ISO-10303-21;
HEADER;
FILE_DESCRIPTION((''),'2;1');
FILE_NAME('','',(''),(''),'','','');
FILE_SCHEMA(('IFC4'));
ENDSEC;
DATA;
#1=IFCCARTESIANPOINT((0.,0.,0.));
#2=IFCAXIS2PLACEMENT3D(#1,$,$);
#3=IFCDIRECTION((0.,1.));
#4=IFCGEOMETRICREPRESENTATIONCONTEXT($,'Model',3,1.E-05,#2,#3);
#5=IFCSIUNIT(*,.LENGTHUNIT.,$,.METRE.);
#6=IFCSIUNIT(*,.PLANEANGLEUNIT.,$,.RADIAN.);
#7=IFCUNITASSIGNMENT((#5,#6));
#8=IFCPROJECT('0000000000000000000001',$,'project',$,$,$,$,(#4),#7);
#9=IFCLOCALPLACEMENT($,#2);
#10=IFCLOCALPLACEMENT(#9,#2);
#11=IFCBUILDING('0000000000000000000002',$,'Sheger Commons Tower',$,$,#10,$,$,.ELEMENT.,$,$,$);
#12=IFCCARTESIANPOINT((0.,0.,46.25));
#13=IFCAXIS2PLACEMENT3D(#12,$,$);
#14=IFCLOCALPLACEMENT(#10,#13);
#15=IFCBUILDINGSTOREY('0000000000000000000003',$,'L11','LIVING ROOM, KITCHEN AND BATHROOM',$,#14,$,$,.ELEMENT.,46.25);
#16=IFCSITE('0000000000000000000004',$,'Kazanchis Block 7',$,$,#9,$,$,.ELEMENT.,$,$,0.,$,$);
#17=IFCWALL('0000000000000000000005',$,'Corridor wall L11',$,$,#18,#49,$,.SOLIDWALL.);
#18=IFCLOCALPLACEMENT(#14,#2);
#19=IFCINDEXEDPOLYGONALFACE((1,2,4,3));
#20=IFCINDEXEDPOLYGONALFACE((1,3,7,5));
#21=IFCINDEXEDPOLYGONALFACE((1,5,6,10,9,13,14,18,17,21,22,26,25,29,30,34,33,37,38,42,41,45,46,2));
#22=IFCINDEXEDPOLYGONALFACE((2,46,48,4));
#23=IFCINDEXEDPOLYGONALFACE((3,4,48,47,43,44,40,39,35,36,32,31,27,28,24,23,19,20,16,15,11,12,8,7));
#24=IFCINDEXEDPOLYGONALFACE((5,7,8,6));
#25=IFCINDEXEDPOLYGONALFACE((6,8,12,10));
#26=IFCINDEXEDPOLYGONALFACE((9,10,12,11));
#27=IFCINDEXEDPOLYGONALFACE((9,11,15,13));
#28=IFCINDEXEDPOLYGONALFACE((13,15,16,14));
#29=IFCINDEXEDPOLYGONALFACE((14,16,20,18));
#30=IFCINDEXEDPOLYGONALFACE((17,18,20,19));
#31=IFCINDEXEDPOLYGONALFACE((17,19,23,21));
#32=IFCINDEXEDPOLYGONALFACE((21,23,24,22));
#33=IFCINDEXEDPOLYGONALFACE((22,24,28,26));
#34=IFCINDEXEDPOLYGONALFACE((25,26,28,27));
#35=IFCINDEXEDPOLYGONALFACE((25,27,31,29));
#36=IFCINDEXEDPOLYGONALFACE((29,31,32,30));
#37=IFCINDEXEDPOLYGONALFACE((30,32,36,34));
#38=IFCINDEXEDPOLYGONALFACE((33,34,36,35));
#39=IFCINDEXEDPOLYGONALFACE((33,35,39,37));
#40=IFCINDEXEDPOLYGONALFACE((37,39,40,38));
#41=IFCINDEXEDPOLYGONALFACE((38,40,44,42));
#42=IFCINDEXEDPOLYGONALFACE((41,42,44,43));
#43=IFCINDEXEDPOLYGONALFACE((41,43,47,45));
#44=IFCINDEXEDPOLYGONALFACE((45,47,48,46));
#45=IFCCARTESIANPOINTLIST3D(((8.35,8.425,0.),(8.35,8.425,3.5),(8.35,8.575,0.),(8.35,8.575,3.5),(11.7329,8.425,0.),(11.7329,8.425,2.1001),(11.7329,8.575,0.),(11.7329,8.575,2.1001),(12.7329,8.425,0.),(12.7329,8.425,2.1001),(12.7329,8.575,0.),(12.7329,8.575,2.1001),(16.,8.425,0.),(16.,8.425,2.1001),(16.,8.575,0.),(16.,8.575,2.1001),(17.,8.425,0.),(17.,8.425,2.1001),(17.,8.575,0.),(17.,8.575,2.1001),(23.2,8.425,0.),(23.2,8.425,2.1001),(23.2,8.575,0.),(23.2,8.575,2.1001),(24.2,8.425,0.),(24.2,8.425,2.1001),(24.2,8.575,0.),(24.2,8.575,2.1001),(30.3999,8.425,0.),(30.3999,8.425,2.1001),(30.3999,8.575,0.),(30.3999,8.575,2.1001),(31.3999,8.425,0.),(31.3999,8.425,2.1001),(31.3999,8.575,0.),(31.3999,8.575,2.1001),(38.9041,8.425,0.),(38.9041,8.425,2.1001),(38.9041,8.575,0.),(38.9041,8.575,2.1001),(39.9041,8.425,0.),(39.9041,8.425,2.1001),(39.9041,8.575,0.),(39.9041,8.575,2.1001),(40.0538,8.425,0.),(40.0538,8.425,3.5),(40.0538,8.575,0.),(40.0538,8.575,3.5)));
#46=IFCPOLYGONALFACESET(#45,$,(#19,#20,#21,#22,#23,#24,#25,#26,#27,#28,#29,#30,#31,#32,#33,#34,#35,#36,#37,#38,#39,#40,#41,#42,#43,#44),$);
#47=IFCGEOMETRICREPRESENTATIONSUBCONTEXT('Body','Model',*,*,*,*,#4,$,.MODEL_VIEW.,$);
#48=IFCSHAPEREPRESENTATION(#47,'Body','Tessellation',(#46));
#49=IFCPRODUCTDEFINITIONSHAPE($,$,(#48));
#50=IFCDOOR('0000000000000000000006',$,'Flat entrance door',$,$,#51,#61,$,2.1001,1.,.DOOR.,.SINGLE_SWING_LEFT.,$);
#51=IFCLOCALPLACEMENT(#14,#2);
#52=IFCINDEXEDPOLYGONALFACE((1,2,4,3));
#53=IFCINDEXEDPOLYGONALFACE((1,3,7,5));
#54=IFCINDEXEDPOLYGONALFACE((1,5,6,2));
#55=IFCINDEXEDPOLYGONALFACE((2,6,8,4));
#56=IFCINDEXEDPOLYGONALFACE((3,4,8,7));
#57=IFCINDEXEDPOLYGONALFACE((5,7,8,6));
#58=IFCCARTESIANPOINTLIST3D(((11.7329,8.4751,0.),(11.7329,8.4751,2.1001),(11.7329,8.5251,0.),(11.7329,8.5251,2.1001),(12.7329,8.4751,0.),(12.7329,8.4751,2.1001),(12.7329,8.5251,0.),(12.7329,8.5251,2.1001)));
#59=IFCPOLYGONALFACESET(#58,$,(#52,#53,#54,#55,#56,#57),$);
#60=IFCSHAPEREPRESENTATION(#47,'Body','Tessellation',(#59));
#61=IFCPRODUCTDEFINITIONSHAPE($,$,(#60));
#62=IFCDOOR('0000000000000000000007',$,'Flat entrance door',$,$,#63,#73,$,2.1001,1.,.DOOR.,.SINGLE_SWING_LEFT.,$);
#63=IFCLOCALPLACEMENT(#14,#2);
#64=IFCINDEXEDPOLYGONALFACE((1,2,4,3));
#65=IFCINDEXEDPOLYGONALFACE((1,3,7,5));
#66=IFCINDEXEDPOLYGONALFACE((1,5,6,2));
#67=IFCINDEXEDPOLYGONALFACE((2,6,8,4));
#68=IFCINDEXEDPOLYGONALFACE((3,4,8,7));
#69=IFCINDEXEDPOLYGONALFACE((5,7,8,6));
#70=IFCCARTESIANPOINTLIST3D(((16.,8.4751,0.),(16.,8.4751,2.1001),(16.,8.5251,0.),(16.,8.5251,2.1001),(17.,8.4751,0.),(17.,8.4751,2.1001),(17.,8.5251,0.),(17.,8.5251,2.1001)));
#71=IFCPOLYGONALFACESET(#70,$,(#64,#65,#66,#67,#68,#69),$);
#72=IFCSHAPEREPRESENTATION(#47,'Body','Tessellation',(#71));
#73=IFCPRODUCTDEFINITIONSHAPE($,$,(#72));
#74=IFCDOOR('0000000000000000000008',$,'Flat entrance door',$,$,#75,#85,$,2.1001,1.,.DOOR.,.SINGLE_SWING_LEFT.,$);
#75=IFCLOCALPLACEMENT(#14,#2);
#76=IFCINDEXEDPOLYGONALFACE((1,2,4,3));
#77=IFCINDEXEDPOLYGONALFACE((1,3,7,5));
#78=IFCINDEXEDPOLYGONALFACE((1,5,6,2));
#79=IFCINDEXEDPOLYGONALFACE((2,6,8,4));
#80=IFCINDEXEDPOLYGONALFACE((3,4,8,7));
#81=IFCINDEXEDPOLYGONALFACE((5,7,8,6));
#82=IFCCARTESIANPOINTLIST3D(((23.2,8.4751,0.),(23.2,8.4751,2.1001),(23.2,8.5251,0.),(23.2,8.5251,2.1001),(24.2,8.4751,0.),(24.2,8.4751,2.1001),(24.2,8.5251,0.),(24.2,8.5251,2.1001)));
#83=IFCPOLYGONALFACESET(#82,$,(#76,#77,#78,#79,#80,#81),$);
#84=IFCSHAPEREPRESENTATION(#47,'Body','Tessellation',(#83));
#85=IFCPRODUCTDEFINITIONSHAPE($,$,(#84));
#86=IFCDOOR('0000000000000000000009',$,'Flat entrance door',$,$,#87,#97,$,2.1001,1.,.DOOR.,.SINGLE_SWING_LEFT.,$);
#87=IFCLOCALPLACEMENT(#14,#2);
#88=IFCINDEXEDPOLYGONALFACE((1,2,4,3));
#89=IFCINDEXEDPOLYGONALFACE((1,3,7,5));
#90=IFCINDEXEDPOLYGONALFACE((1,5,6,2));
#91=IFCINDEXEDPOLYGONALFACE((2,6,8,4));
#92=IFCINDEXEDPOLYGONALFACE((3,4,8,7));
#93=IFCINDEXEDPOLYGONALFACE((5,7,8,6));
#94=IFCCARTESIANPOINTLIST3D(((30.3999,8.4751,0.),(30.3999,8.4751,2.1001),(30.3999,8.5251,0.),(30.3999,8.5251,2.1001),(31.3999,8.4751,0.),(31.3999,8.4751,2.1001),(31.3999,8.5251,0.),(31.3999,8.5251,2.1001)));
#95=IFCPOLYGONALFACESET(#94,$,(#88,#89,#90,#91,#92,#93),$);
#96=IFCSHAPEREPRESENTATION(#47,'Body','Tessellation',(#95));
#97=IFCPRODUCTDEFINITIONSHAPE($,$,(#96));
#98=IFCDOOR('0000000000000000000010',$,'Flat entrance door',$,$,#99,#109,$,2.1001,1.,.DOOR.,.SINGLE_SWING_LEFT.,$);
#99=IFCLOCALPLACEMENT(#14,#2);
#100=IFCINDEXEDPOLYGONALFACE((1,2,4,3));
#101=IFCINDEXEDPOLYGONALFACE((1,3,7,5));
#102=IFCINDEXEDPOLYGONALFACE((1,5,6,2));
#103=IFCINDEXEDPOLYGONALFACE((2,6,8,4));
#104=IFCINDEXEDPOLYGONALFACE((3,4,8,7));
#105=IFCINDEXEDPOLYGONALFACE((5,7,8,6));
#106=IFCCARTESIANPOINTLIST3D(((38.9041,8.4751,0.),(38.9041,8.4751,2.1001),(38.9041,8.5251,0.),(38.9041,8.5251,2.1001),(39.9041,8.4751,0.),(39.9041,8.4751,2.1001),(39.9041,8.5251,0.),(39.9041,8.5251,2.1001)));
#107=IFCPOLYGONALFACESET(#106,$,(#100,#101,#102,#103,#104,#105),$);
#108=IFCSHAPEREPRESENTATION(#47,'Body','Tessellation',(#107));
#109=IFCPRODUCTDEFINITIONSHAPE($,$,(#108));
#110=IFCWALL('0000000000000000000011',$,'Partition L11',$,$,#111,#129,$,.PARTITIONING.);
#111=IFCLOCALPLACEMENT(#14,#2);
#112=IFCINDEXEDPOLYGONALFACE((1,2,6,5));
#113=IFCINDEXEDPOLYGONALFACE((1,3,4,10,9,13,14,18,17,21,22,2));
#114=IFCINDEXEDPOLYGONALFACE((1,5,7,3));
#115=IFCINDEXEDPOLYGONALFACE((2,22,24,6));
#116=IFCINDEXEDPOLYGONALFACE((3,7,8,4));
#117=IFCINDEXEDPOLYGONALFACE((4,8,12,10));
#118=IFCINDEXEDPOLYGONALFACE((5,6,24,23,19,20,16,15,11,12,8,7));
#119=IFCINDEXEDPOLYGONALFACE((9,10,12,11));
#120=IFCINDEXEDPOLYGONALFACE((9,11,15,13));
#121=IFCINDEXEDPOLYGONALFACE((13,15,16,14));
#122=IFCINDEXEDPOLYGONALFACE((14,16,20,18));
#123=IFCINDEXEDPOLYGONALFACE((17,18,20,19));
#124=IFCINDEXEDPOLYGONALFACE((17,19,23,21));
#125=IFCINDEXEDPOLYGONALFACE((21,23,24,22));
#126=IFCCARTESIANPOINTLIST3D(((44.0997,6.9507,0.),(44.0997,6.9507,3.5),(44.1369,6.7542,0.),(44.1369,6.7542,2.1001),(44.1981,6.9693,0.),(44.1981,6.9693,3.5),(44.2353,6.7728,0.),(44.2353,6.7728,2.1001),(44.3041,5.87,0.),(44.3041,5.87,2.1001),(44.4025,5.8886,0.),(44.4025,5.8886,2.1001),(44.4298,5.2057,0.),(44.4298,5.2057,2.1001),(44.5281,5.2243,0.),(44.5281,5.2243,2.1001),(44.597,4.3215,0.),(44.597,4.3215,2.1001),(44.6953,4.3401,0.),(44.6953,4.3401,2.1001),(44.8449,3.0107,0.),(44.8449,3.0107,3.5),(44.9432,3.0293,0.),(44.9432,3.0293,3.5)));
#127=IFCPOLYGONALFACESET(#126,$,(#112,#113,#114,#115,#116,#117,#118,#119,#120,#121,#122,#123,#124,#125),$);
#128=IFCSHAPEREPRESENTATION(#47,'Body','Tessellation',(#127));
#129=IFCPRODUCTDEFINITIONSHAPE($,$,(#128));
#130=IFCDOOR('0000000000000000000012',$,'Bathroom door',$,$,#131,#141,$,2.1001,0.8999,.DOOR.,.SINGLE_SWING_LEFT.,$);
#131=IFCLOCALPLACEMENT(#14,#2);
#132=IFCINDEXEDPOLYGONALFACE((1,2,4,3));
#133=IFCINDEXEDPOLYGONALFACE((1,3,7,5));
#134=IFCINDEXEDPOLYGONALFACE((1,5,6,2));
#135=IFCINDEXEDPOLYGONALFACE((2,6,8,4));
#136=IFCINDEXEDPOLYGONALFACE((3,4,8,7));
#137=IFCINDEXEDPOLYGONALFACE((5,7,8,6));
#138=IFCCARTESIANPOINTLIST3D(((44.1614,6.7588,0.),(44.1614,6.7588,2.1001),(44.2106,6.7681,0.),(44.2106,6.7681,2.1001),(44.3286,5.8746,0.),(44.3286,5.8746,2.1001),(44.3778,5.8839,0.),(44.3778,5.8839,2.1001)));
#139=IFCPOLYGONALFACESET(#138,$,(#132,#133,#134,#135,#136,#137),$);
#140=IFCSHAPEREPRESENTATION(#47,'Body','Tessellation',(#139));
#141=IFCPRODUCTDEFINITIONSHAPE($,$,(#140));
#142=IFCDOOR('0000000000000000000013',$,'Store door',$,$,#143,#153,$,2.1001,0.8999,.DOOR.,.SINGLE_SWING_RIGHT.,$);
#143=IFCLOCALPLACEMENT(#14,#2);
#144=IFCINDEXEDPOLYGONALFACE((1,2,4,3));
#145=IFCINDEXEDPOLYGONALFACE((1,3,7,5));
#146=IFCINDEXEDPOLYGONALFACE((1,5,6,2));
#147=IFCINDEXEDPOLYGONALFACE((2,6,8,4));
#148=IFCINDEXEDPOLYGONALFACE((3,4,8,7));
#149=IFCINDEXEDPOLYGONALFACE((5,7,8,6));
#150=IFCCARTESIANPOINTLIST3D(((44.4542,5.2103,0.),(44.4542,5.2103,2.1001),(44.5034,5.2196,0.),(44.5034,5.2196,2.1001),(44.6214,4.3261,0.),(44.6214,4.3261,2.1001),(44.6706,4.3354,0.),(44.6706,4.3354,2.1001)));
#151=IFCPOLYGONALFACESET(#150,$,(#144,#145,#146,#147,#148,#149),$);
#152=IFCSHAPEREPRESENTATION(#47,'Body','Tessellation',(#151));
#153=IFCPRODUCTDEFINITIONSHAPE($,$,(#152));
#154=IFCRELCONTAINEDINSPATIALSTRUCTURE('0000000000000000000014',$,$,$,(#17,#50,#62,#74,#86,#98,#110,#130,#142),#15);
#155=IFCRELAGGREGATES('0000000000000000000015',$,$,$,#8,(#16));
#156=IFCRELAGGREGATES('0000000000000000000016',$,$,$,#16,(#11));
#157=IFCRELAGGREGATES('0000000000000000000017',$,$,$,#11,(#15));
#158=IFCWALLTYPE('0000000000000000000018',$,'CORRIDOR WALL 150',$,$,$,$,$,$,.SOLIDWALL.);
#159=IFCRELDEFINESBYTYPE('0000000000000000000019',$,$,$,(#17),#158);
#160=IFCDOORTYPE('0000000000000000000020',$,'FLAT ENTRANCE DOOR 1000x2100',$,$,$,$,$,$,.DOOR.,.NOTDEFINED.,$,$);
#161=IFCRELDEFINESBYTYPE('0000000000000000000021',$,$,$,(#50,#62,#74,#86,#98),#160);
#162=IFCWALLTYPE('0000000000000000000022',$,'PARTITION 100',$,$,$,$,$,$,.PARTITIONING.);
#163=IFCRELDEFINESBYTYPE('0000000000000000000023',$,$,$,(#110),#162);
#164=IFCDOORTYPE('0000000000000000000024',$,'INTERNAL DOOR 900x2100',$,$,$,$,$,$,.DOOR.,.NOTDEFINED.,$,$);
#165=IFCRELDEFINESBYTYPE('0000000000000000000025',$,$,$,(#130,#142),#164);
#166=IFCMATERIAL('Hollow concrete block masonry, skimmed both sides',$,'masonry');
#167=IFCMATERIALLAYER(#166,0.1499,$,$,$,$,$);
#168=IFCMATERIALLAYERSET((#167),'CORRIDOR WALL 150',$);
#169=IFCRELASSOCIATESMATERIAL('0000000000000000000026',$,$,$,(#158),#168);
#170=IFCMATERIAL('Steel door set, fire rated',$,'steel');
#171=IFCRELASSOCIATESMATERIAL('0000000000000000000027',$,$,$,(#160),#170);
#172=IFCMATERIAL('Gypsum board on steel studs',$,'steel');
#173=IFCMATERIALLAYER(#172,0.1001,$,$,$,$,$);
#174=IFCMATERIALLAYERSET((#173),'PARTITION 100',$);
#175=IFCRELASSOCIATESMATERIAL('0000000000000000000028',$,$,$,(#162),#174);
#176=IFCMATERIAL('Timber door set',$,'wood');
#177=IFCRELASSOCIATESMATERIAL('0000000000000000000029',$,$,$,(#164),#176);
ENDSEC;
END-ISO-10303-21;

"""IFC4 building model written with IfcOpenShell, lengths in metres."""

from ifc_helpers import new_model, si_unit, direction, frame, frame_2d, origin, place, context, subcontext, project, spatial, rectangle, extrude, material, layer, layer_set, type_object, element, fill, save


model = new_model("IFC4")

# Units and contexts
model_context = context("Model", 3, precision=1e-05, world=origin(), true_north=direction((0.0, 1.0)))
body_context = subcontext(model_context, "Body", "Model", "MODEL_VIEW")
ifc_project = project(units=[si_unit("LENGTHUNIT", "METRE"), si_unit("PLANEANGLEUNIT", "RADIAN")], contexts=[model_context])

# Site, building, storey
site_placement = place(None, origin())
site = spatial("IfcSite", under=ifc_project, at=site_placement, Name="Kazanchis Block 7", CompositionType="ELEMENT", RefElevation=0.0)
building_placement = place(site_placement, origin())
building = spatial("IfcBuilding", under=site, at=building_placement, Name="Sheger Commons Tower", CompositionType="ELEMENT")
storey_placement = place(building_placement, frame((0.0, 0.0, 46.25)))
storey = spatial("IfcBuildingStorey", under=building, at=storey_placement, Name="L11", Description="LIVING ROOM, KITCHEN AND BATHROOM", CompositionType="ELEMENT", Elevation=46.25)

# Walls, openings, doors
ifc_material_1 = material(Name="Hollow concrete block masonry, skimmed both sides", Category="masonry")
ifc_layer_1 = layer(ifc_material_1, 0.1499)
ifc_layer_set_1 = layer_set([ifc_layer_1], Name="CORRIDOR WALL 150")
wall_type_1 = type_object("IfcWallType", Name="CORRIDOR WALL 150", PredefinedType="SOLIDWALL", material=ifc_layer_set_1)
wall_1_placement = place(storey_placement, frame((40.054, 8.5, 0.0), z_axis=(0.0, 0.0, 1.0), x_axis=(-1.0, 0.0, 0.0)))
wall_1 = element("IfcWall", 1, at=wall_1_placement, inside=storey, type_object=wall_type_1, Name="Corridor wall L11", PredefinedType="SOLIDWALL", context=body_context, shape_type="SweptSolid", body=[
    extrude(rectangle(XDim=31.7039, YDim=0.1499, at=frame_2d((15.8521, 0.0))), origin(), (0.0, 0.0, 1.0), 3.5),
])
opening_1_placement = place(wall_1_placement, frame((27.321, 0.0, 0.0)))
opening_1 = element("IfcOpeningElement", 2, at=opening_1_placement, cuts=wall_1, PredefinedType="OPENING", context=body_context, shape_type="SweptSolid", body=[
    extrude(rectangle(XDim=1.0, YDim=2.1001, at=frame_2d((0.5, 1.05))), frame((0.0, 0.085, 0.0), z_axis=(0.0, -1.0, 0.0), x_axis=(1.0, 0.0, 0.0)), (0.0, 0.0, 1.0), 0.1699),
])
opening_2_placement = place(wall_1_placement, frame((23.054, 0.0, 0.0)))
opening_2 = element("IfcOpeningElement", 3, at=opening_2_placement, cuts=wall_1, PredefinedType="OPENING", context=body_context, shape_type="SweptSolid", body=[
    extrude(rectangle(XDim=1.0, YDim=2.1001, at=frame_2d((0.5, 1.05))), frame((0.0, 0.085, 0.0), z_axis=(0.0, -1.0, 0.0), x_axis=(1.0, 0.0, 0.0)), (0.0, 0.0, 1.0), 0.1699),
])
opening_3_placement = place(wall_1_placement, frame((15.854, 0.0, 0.0)))
opening_3 = element("IfcOpeningElement", 4, at=opening_3_placement, cuts=wall_1, PredefinedType="OPENING", context=body_context, shape_type="SweptSolid", body=[
    extrude(rectangle(XDim=1.0, YDim=2.1001, at=frame_2d((0.5, 1.05))), frame((0.0, 0.085, 0.0), z_axis=(0.0, -1.0, 0.0), x_axis=(1.0, 0.0, 0.0)), (0.0, 0.0, 1.0), 0.1699),
])
opening_4_placement = place(wall_1_placement, frame((8.6541, 0.0, 0.0)))
opening_4 = element("IfcOpeningElement", 5, at=opening_4_placement, cuts=wall_1, PredefinedType="OPENING", context=body_context, shape_type="SweptSolid", body=[
    extrude(rectangle(XDim=1.0, YDim=2.1001, at=frame_2d((0.5, 1.05))), frame((0.0, 0.085, 0.0), z_axis=(0.0, -1.0, 0.0), x_axis=(1.0, 0.0, 0.0)), (0.0, 0.0, 1.0), 0.1699),
])
opening_5_placement = place(wall_1_placement, frame((0.1499, 0.0, 0.0)))
opening_5 = element("IfcOpeningElement", 6, at=opening_5_placement, cuts=wall_1, PredefinedType="OPENING", context=body_context, shape_type="SweptSolid", body=[
    extrude(rectangle(XDim=1.0, YDim=2.1001, at=frame_2d((0.5, 1.05))), frame((0.0, 0.085, 0.0), z_axis=(0.0, -1.0, 0.0), x_axis=(1.0, 0.0, 0.0)), (0.0, 0.0, 1.0), 0.1699),
])
ifc_material_2 = material(Name="Steel door set, fire rated", Category="steel")
door_type_1 = type_object("IfcDoorType", Name="FLAT ENTRANCE DOOR 1000x2100", OperationType="NOTDEFINED", PredefinedType="DOOR", material=ifc_material_2)
door_1_placement = place(opening_1_placement, origin())
door_1 = element("IfcDoor", 7, at=door_1_placement, inside=storey, type_object=door_type_1, Name="Flat entrance door", OperationType="SINGLE_SWING_LEFT", OverallHeight=2.1001, OverallWidth=1.0, PredefinedType="DOOR", context=body_context, shape_type="SweptSolid", body=[
    extrude(rectangle(XDim=1.0, YDim=2.1001, at=frame_2d((0.5, 1.05))), frame((0.0, 0.0249, 0.0), z_axis=(0.0, -1.0, 0.0), x_axis=(1.0, 0.0, 0.0)), (0.0, 0.0, 1.0), 0.05),
])
fill(opening_1, door_1)
door_2_placement = place(opening_2_placement, origin())
door_2 = element("IfcDoor", 8, at=door_2_placement, inside=storey, type_object=door_type_1, Name="Flat entrance door", OperationType="SINGLE_SWING_LEFT", OverallHeight=2.1001, OverallWidth=1.0, PredefinedType="DOOR", context=body_context, shape_type="SweptSolid", body=[
    extrude(rectangle(XDim=1.0, YDim=2.1001, at=frame_2d((0.5, 1.05))), frame((0.0, 0.0249, 0.0), z_axis=(0.0, -1.0, 0.0), x_axis=(1.0, 0.0, 0.0)), (0.0, 0.0, 1.0), 0.05),
])
fill(opening_2, door_2)
door_3_placement = place(opening_3_placement, origin())
door_3 = element("IfcDoor", 9, at=door_3_placement, inside=storey, type_object=door_type_1, Name="Flat entrance door", OperationType="SINGLE_SWING_LEFT", OverallHeight=2.1001, OverallWidth=1.0, PredefinedType="DOOR", context=body_context, shape_type="SweptSolid", body=[
    extrude(rectangle(XDim=1.0, YDim=2.1001, at=frame_2d((0.5, 1.05))), frame((0.0, 0.0249, 0.0), z_axis=(0.0, -1.0, 0.0), x_axis=(1.0, 0.0, 0.0)), (0.0, 0.0, 1.0), 0.05),
])
fill(opening_3, door_3)
door_4_placement = place(opening_4_placement, origin())
door_4 = element("IfcDoor", 10, at=door_4_placement, inside=storey, type_object=door_type_1, Name="Flat entrance door", OperationType="SINGLE_SWING_LEFT", OverallHeight=2.1001, OverallWidth=1.0, PredefinedType="DOOR", context=body_context, shape_type="SweptSolid", body=[
    extrude(rectangle(XDim=1.0, YDim=2.1001, at=frame_2d((0.5, 1.05))), frame((0.0, 0.0249, 0.0), z_axis=(0.0, -1.0, 0.0), x_axis=(1.0, 0.0, 0.0)), (0.0, 0.0, 1.0), 0.05),
])
fill(opening_4, door_4)
door_5_placement = place(opening_5_placement, origin())
door_5 = element("IfcDoor", 11, at=door_5_placement, inside=storey, type_object=door_type_1, Name="Flat entrance door", OperationType="SINGLE_SWING_LEFT", OverallHeight=2.1001, OverallWidth=1.0, PredefinedType="DOOR", context=body_context, shape_type="SweptSolid", body=[
    extrude(rectangle(XDim=1.0, YDim=2.1001, at=frame_2d((0.5, 1.05))), frame((0.0, 0.0249, 0.0), z_axis=(0.0, -1.0, 0.0), x_axis=(1.0, 0.0, 0.0)), (0.0, 0.0, 1.0), 0.05),
])
fill(opening_5, door_5)
ifc_material_3 = material(Name="Gypsum board on steel studs", Category="steel")
ifc_layer_2 = layer(ifc_material_3, 0.1001)
ifc_layer_set_2 = layer_set([ifc_layer_2], Name="PARTITION 100")
wall_type_2 = type_object("IfcWallType", Name="PARTITION 100", PredefinedType="PARTITIONING", material=ifc_layer_set_2)
wall_2_placement = place(storey_placement, frame((44.1489, 6.96, 0.0), z_axis=(0.0, 0.0, 1.0), x_axis=(0.185825, -0.982583, 0.0)))
wall_2 = element("IfcWall", 12, at=wall_2_placement, inside=storey, type_object=wall_type_2, Name="Partition L11", PredefinedType="PARTITIONING", context=body_context, shape_type="SweptSolid", body=[
    extrude(rectangle(XDim=4.0098, YDim=0.1001, at=frame_2d((2.0049, 0.0))), origin(), (0.0, 0.0, 1.0), 3.5),
])
opening_6_placement = place(wall_2_placement, frame((0.2, 0.0, 0.0)))
opening_6 = element("IfcOpeningElement", 13, at=opening_6_placement, cuts=wall_2, PredefinedType="OPENING", context=body_context, shape_type="SweptSolid", body=[
    extrude(rectangle(XDim=0.8999, YDim=2.1001, at=frame_2d((0.45, 1.05))), frame((0.0, 0.0601, 0.0), z_axis=(0.0, -1.0, 0.0), x_axis=(1.0, 0.0, 0.0)), (0.0, 0.0, 1.0), 0.1201),
])
opening_7_placement = place(wall_2_placement, frame((1.7759, 0.0, 0.0)))
opening_7 = element("IfcOpeningElement", 14, at=opening_7_placement, cuts=wall_2, PredefinedType="OPENING", context=body_context, shape_type="SweptSolid", body=[
    extrude(rectangle(XDim=0.8999, YDim=2.1001, at=frame_2d((0.45, 1.05))), frame((0.0, 0.0601, 0.0), z_axis=(0.0, -1.0, 0.0), x_axis=(1.0, 0.0, 0.0)), (0.0, 0.0, 1.0), 0.1201),
])
ifc_material_4 = material(Name="Timber door set", Category="wood")
door_type_2 = type_object("IfcDoorType", Name="INTERNAL DOOR 900x2100", OperationType="NOTDEFINED", PredefinedType="DOOR", material=ifc_material_4)
door_6_placement = place(opening_6_placement, origin())
door_6 = element("IfcDoor", 15, at=door_6_placement, inside=storey, type_object=door_type_2, Name="Bathroom door", OperationType="SINGLE_SWING_LEFT", OverallHeight=2.1001, OverallWidth=0.8999, PredefinedType="DOOR", context=body_context, shape_type="SweptSolid", body=[
    extrude(rectangle(XDim=0.8999, YDim=2.1001, at=frame_2d((0.45, 1.05))), frame((0.0, 0.0249, 0.0), z_axis=(0.0, -1.0, 0.0), x_axis=(1.0, 0.0, 0.0)), (0.0, 0.0, 1.0), 0.05),
])
fill(opening_6, door_6)
door_7_placement = place(opening_7_placement, origin())
door_7 = element("IfcDoor", 16, at=door_7_placement, inside=storey, type_object=door_type_2, Name="Store door", OperationType="SINGLE_SWING_RIGHT", OverallHeight=2.1001, OverallWidth=0.8999, PredefinedType="DOOR", context=body_context, shape_type="SweptSolid", body=[
    extrude(rectangle(XDim=0.8999, YDim=2.1001, at=frame_2d((0.45, 1.05))), frame((0.0, 0.0249, 0.0), z_axis=(0.0, -1.0, 0.0), x_axis=(1.0, 0.0, 0.0)), (0.0, 0.0, 1.0), 0.05),
])
fill(opening_7, door_7)

save(model, "model.ifc")
